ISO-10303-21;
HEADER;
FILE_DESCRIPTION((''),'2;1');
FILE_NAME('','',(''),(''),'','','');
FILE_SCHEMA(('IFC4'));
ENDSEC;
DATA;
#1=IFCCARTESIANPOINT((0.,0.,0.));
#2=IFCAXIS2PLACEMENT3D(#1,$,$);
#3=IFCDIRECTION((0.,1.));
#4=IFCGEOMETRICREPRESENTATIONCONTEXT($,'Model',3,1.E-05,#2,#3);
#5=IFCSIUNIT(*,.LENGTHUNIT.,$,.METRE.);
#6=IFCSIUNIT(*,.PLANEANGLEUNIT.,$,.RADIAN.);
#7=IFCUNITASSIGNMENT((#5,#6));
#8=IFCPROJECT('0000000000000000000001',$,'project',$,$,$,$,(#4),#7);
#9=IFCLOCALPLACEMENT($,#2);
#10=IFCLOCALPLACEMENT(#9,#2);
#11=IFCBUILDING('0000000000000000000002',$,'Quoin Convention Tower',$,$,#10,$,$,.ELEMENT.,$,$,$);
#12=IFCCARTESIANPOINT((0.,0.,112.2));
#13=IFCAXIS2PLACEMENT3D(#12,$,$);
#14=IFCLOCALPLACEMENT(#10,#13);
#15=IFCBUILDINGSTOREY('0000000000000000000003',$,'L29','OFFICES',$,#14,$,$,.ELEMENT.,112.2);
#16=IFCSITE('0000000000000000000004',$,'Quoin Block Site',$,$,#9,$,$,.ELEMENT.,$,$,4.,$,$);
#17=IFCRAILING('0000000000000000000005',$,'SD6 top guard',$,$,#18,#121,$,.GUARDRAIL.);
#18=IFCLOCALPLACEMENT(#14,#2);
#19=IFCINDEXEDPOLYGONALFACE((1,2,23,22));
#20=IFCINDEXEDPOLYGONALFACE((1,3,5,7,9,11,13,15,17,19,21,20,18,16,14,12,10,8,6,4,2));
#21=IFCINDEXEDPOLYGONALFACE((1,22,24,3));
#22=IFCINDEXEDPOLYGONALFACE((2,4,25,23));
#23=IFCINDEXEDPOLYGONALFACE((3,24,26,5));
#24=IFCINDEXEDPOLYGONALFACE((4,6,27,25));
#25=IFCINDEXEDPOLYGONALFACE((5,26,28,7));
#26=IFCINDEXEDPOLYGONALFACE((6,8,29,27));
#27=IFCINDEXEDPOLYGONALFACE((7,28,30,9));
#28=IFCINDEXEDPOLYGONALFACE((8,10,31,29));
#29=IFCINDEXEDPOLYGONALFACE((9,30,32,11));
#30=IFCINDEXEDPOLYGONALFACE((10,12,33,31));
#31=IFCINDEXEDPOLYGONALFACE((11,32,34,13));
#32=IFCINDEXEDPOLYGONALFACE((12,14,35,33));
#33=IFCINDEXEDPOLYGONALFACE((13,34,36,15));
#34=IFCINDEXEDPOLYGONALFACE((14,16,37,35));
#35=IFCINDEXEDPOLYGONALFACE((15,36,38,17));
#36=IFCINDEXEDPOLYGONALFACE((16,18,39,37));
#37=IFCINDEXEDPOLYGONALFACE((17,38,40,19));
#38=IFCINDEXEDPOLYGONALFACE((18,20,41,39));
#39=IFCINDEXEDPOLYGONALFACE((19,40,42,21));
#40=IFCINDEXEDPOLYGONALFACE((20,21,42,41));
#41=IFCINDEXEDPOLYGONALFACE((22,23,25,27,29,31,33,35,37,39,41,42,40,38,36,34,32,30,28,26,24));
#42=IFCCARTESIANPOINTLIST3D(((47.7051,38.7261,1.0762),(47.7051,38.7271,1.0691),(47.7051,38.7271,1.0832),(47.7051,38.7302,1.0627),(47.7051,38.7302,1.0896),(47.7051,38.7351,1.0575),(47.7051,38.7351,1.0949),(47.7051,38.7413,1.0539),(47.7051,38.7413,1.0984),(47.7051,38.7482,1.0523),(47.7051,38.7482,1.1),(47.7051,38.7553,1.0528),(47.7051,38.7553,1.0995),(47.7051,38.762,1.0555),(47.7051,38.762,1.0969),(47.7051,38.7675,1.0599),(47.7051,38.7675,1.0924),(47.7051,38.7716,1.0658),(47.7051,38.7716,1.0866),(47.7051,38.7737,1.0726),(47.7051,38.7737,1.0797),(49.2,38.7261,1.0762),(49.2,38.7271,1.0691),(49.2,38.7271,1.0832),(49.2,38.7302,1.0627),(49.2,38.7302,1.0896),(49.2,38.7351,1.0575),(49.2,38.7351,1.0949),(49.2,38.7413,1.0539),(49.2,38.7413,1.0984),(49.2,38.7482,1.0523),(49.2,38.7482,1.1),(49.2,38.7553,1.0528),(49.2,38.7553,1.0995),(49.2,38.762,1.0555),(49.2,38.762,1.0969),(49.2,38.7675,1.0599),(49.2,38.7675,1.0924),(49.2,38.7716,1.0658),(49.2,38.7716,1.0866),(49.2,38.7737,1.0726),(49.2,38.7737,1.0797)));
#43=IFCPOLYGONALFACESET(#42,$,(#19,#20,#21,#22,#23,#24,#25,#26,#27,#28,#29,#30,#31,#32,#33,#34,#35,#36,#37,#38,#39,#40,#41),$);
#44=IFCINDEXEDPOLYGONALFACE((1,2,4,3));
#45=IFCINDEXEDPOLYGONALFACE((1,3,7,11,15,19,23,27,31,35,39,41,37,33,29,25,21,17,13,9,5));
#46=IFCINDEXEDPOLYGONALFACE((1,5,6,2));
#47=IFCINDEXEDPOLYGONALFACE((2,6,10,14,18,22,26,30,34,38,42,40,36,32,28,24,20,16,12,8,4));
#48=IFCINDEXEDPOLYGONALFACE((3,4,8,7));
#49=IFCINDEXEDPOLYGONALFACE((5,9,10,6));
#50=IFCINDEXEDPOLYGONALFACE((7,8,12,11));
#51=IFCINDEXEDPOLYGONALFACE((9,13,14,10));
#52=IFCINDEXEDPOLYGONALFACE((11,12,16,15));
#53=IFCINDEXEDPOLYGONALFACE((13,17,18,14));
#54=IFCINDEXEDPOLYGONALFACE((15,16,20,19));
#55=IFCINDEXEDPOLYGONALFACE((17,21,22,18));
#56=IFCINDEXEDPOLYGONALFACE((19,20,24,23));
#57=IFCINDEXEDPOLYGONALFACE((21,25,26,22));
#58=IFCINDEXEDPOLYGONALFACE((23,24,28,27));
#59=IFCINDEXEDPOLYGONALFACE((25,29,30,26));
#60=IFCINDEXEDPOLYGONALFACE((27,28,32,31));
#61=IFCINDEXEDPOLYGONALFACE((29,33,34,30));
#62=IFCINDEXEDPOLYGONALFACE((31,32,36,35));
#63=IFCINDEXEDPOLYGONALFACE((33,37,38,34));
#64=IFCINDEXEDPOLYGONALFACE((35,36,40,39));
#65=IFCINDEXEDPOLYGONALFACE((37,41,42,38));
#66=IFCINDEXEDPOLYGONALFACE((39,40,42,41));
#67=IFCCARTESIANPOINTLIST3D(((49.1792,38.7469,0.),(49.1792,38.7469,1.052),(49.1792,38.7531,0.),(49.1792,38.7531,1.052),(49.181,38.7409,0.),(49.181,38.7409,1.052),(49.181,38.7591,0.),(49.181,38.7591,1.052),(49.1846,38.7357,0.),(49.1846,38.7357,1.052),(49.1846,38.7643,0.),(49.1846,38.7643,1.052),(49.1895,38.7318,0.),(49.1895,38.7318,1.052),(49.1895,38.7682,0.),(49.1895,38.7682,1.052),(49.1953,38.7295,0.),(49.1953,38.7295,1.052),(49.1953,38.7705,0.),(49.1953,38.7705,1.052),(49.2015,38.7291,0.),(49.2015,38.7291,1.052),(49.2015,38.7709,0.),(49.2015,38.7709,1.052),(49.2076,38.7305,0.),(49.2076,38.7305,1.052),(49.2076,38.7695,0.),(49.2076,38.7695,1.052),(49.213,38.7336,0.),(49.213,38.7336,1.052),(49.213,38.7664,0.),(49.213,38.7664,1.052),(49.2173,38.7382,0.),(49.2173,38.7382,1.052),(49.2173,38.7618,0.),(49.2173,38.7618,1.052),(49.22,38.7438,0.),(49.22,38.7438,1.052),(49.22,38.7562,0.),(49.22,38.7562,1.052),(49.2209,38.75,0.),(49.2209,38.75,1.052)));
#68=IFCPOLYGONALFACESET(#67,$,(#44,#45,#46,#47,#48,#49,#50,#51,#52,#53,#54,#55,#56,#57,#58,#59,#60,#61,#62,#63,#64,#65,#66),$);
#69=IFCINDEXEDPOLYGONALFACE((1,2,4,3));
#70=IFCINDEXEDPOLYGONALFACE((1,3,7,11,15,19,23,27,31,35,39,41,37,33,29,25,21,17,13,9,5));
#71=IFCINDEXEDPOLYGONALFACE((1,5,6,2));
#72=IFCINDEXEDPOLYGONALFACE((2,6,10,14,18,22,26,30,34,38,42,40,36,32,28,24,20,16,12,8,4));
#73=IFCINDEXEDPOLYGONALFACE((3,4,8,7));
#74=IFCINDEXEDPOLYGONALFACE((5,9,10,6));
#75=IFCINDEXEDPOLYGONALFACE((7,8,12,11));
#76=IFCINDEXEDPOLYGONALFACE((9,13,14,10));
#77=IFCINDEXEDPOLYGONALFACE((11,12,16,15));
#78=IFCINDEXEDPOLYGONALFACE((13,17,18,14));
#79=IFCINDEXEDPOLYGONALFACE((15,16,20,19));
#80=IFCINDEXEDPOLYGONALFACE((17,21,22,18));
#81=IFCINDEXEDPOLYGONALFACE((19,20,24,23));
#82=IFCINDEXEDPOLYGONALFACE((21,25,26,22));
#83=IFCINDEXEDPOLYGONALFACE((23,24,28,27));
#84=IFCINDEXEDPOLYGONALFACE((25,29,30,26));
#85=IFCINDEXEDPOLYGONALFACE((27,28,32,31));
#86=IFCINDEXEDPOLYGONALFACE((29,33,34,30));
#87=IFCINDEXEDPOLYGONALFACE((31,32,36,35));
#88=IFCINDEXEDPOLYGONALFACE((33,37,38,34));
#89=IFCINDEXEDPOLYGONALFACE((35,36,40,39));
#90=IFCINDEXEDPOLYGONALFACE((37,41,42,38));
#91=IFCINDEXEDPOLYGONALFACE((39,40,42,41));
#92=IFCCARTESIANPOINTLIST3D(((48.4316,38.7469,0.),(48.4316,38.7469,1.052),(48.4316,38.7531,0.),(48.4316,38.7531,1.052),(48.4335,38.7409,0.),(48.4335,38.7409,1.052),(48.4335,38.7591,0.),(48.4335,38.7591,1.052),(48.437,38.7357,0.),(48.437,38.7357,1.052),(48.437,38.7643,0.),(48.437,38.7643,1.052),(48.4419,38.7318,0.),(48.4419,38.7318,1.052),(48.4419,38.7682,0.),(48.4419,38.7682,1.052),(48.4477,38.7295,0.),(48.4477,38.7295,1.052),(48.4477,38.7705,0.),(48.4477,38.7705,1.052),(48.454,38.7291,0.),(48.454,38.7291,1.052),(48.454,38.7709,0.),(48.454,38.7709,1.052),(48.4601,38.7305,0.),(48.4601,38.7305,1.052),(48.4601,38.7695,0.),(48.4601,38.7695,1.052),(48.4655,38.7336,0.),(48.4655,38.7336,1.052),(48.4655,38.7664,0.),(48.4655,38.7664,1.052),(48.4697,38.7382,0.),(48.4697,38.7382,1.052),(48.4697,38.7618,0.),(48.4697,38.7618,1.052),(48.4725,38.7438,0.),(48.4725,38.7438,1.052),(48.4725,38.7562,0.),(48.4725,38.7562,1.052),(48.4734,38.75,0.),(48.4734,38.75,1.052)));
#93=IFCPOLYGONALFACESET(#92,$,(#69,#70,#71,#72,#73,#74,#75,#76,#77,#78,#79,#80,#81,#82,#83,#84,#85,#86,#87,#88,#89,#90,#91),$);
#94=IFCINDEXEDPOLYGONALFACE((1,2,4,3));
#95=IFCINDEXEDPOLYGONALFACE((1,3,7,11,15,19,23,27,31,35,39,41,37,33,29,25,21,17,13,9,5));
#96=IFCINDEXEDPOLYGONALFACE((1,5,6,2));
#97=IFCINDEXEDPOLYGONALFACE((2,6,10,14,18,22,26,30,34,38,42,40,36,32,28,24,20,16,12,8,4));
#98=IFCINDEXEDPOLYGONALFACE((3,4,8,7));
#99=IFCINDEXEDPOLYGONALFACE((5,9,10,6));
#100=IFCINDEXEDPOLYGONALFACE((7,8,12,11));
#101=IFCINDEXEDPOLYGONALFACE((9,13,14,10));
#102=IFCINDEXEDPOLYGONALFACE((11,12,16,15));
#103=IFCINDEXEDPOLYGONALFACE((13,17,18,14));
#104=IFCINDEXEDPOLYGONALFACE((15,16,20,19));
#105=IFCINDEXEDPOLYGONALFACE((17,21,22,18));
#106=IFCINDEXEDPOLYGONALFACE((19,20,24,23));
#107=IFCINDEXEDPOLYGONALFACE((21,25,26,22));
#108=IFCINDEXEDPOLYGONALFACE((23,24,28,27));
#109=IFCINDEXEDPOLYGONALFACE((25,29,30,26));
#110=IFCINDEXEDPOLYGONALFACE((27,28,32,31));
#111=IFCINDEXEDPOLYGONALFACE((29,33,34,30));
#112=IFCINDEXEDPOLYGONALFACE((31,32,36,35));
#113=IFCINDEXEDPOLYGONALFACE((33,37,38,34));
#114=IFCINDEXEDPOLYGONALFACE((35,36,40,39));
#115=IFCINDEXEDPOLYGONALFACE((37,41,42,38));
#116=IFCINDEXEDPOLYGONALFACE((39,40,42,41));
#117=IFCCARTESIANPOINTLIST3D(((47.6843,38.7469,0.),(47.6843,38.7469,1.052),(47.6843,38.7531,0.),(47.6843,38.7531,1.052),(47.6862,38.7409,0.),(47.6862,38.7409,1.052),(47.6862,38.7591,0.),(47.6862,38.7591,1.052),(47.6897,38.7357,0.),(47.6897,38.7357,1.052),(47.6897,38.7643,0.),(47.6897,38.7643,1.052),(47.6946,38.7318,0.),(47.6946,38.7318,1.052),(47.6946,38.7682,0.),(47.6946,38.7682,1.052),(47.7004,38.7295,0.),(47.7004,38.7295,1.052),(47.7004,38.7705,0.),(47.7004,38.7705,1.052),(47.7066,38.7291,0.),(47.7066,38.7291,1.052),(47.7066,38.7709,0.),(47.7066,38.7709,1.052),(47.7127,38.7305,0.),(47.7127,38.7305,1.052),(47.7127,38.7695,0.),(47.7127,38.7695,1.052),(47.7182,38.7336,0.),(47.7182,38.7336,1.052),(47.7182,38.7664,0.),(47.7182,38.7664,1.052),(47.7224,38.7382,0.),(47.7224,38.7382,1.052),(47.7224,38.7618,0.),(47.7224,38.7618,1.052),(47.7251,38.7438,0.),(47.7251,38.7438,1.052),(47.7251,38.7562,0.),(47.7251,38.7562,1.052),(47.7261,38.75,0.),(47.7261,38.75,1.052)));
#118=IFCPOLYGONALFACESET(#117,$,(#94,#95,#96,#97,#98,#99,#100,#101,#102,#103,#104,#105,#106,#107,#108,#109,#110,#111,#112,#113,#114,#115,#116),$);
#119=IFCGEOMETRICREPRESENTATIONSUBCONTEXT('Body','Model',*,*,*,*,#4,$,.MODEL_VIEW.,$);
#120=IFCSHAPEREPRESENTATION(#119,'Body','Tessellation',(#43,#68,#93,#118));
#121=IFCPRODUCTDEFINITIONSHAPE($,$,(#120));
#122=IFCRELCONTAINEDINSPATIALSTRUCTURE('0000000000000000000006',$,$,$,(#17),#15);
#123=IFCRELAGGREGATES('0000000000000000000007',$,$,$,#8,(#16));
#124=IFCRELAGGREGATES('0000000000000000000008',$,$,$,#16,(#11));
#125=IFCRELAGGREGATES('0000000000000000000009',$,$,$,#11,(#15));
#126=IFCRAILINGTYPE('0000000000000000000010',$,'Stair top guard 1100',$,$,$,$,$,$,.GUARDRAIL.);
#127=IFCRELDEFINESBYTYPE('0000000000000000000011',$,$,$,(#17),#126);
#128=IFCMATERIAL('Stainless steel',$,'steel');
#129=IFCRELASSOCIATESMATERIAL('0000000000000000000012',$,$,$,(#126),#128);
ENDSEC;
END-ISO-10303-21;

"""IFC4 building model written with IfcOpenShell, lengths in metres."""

from ifc_helpers import new_model, si_unit, direction, frame, origin, origin_2d, place, context, subcontext, project, spatial, circle, extrude, material, type_object, element, save


model = new_model("IFC4")

# Units and contexts
model_context = context("Model", 3, precision=1e-05, world=origin(), true_north=direction((0.0, 1.0)))
body_context = subcontext(model_context, "Body", "Model", "MODEL_VIEW")
ifc_project = project(units=[si_unit("LENGTHUNIT", "METRE"), si_unit("PLANEANGLEUNIT", "RADIAN")], contexts=[model_context])

# Site, building, storey
site_placement = place(None, origin())
site = spatial("IfcSite", under=ifc_project, at=site_placement, Name="Quoin Block Site", CompositionType="ELEMENT", RefElevation=4.0)
building_placement = place(site_placement, origin())
building = spatial("IfcBuilding", under=site, at=building_placement, Name="Quoin Convention Tower", CompositionType="ELEMENT")
storey_placement = place(building_placement, frame((0.0, 0.0, 112.2)))
storey = spatial("IfcBuildingStorey", under=building, at=storey_placement, Name="L29", Description="OFFICES", CompositionType="ELEMENT", Elevation=112.2)

# Railing
ifc_material_1 = material(Name="Stainless steel", Category="steel")
railing_type_1 = type_object("IfcRailingType", Name="Stair top guard 1100", PredefinedType="GUARDRAIL", material=ifc_material_1)
railing_1_placement = place(storey_placement, frame((49.2, 38.75, 0.0)))
element("IfcRailing", 1, at=railing_1_placement, inside=storey, type_object=railing_type_1, Name="SD6 top guard", PredefinedType="GUARDRAIL", context=body_context, shape_type="SweptSolid", body=[
    extrude(circle(Radius=0.0239, at=origin_2d()), frame((0.0, 0.0, 1.0762), z_axis=(-1.0, 0.0, 0.0), x_axis=(0.0, -1.0, 0.0)), (0.0, 0.0, 1.0), 1.4949),
    extrude(circle(Radius=0.021, at=origin_2d()), origin(), (0.0, 0.0, 1.0), 1.052),
    extrude(circle(Radius=0.021, at=origin_2d()), frame((-0.7476, 0.0, 0.0)), (0.0, 0.0, 1.0), 1.052),
    extrude(circle(Radius=0.021, at=origin_2d()), frame((-1.4949, 0.0, 0.0)), (0.0, 0.0, 1.0), 1.052),
])

save(model, "model.ifc")
